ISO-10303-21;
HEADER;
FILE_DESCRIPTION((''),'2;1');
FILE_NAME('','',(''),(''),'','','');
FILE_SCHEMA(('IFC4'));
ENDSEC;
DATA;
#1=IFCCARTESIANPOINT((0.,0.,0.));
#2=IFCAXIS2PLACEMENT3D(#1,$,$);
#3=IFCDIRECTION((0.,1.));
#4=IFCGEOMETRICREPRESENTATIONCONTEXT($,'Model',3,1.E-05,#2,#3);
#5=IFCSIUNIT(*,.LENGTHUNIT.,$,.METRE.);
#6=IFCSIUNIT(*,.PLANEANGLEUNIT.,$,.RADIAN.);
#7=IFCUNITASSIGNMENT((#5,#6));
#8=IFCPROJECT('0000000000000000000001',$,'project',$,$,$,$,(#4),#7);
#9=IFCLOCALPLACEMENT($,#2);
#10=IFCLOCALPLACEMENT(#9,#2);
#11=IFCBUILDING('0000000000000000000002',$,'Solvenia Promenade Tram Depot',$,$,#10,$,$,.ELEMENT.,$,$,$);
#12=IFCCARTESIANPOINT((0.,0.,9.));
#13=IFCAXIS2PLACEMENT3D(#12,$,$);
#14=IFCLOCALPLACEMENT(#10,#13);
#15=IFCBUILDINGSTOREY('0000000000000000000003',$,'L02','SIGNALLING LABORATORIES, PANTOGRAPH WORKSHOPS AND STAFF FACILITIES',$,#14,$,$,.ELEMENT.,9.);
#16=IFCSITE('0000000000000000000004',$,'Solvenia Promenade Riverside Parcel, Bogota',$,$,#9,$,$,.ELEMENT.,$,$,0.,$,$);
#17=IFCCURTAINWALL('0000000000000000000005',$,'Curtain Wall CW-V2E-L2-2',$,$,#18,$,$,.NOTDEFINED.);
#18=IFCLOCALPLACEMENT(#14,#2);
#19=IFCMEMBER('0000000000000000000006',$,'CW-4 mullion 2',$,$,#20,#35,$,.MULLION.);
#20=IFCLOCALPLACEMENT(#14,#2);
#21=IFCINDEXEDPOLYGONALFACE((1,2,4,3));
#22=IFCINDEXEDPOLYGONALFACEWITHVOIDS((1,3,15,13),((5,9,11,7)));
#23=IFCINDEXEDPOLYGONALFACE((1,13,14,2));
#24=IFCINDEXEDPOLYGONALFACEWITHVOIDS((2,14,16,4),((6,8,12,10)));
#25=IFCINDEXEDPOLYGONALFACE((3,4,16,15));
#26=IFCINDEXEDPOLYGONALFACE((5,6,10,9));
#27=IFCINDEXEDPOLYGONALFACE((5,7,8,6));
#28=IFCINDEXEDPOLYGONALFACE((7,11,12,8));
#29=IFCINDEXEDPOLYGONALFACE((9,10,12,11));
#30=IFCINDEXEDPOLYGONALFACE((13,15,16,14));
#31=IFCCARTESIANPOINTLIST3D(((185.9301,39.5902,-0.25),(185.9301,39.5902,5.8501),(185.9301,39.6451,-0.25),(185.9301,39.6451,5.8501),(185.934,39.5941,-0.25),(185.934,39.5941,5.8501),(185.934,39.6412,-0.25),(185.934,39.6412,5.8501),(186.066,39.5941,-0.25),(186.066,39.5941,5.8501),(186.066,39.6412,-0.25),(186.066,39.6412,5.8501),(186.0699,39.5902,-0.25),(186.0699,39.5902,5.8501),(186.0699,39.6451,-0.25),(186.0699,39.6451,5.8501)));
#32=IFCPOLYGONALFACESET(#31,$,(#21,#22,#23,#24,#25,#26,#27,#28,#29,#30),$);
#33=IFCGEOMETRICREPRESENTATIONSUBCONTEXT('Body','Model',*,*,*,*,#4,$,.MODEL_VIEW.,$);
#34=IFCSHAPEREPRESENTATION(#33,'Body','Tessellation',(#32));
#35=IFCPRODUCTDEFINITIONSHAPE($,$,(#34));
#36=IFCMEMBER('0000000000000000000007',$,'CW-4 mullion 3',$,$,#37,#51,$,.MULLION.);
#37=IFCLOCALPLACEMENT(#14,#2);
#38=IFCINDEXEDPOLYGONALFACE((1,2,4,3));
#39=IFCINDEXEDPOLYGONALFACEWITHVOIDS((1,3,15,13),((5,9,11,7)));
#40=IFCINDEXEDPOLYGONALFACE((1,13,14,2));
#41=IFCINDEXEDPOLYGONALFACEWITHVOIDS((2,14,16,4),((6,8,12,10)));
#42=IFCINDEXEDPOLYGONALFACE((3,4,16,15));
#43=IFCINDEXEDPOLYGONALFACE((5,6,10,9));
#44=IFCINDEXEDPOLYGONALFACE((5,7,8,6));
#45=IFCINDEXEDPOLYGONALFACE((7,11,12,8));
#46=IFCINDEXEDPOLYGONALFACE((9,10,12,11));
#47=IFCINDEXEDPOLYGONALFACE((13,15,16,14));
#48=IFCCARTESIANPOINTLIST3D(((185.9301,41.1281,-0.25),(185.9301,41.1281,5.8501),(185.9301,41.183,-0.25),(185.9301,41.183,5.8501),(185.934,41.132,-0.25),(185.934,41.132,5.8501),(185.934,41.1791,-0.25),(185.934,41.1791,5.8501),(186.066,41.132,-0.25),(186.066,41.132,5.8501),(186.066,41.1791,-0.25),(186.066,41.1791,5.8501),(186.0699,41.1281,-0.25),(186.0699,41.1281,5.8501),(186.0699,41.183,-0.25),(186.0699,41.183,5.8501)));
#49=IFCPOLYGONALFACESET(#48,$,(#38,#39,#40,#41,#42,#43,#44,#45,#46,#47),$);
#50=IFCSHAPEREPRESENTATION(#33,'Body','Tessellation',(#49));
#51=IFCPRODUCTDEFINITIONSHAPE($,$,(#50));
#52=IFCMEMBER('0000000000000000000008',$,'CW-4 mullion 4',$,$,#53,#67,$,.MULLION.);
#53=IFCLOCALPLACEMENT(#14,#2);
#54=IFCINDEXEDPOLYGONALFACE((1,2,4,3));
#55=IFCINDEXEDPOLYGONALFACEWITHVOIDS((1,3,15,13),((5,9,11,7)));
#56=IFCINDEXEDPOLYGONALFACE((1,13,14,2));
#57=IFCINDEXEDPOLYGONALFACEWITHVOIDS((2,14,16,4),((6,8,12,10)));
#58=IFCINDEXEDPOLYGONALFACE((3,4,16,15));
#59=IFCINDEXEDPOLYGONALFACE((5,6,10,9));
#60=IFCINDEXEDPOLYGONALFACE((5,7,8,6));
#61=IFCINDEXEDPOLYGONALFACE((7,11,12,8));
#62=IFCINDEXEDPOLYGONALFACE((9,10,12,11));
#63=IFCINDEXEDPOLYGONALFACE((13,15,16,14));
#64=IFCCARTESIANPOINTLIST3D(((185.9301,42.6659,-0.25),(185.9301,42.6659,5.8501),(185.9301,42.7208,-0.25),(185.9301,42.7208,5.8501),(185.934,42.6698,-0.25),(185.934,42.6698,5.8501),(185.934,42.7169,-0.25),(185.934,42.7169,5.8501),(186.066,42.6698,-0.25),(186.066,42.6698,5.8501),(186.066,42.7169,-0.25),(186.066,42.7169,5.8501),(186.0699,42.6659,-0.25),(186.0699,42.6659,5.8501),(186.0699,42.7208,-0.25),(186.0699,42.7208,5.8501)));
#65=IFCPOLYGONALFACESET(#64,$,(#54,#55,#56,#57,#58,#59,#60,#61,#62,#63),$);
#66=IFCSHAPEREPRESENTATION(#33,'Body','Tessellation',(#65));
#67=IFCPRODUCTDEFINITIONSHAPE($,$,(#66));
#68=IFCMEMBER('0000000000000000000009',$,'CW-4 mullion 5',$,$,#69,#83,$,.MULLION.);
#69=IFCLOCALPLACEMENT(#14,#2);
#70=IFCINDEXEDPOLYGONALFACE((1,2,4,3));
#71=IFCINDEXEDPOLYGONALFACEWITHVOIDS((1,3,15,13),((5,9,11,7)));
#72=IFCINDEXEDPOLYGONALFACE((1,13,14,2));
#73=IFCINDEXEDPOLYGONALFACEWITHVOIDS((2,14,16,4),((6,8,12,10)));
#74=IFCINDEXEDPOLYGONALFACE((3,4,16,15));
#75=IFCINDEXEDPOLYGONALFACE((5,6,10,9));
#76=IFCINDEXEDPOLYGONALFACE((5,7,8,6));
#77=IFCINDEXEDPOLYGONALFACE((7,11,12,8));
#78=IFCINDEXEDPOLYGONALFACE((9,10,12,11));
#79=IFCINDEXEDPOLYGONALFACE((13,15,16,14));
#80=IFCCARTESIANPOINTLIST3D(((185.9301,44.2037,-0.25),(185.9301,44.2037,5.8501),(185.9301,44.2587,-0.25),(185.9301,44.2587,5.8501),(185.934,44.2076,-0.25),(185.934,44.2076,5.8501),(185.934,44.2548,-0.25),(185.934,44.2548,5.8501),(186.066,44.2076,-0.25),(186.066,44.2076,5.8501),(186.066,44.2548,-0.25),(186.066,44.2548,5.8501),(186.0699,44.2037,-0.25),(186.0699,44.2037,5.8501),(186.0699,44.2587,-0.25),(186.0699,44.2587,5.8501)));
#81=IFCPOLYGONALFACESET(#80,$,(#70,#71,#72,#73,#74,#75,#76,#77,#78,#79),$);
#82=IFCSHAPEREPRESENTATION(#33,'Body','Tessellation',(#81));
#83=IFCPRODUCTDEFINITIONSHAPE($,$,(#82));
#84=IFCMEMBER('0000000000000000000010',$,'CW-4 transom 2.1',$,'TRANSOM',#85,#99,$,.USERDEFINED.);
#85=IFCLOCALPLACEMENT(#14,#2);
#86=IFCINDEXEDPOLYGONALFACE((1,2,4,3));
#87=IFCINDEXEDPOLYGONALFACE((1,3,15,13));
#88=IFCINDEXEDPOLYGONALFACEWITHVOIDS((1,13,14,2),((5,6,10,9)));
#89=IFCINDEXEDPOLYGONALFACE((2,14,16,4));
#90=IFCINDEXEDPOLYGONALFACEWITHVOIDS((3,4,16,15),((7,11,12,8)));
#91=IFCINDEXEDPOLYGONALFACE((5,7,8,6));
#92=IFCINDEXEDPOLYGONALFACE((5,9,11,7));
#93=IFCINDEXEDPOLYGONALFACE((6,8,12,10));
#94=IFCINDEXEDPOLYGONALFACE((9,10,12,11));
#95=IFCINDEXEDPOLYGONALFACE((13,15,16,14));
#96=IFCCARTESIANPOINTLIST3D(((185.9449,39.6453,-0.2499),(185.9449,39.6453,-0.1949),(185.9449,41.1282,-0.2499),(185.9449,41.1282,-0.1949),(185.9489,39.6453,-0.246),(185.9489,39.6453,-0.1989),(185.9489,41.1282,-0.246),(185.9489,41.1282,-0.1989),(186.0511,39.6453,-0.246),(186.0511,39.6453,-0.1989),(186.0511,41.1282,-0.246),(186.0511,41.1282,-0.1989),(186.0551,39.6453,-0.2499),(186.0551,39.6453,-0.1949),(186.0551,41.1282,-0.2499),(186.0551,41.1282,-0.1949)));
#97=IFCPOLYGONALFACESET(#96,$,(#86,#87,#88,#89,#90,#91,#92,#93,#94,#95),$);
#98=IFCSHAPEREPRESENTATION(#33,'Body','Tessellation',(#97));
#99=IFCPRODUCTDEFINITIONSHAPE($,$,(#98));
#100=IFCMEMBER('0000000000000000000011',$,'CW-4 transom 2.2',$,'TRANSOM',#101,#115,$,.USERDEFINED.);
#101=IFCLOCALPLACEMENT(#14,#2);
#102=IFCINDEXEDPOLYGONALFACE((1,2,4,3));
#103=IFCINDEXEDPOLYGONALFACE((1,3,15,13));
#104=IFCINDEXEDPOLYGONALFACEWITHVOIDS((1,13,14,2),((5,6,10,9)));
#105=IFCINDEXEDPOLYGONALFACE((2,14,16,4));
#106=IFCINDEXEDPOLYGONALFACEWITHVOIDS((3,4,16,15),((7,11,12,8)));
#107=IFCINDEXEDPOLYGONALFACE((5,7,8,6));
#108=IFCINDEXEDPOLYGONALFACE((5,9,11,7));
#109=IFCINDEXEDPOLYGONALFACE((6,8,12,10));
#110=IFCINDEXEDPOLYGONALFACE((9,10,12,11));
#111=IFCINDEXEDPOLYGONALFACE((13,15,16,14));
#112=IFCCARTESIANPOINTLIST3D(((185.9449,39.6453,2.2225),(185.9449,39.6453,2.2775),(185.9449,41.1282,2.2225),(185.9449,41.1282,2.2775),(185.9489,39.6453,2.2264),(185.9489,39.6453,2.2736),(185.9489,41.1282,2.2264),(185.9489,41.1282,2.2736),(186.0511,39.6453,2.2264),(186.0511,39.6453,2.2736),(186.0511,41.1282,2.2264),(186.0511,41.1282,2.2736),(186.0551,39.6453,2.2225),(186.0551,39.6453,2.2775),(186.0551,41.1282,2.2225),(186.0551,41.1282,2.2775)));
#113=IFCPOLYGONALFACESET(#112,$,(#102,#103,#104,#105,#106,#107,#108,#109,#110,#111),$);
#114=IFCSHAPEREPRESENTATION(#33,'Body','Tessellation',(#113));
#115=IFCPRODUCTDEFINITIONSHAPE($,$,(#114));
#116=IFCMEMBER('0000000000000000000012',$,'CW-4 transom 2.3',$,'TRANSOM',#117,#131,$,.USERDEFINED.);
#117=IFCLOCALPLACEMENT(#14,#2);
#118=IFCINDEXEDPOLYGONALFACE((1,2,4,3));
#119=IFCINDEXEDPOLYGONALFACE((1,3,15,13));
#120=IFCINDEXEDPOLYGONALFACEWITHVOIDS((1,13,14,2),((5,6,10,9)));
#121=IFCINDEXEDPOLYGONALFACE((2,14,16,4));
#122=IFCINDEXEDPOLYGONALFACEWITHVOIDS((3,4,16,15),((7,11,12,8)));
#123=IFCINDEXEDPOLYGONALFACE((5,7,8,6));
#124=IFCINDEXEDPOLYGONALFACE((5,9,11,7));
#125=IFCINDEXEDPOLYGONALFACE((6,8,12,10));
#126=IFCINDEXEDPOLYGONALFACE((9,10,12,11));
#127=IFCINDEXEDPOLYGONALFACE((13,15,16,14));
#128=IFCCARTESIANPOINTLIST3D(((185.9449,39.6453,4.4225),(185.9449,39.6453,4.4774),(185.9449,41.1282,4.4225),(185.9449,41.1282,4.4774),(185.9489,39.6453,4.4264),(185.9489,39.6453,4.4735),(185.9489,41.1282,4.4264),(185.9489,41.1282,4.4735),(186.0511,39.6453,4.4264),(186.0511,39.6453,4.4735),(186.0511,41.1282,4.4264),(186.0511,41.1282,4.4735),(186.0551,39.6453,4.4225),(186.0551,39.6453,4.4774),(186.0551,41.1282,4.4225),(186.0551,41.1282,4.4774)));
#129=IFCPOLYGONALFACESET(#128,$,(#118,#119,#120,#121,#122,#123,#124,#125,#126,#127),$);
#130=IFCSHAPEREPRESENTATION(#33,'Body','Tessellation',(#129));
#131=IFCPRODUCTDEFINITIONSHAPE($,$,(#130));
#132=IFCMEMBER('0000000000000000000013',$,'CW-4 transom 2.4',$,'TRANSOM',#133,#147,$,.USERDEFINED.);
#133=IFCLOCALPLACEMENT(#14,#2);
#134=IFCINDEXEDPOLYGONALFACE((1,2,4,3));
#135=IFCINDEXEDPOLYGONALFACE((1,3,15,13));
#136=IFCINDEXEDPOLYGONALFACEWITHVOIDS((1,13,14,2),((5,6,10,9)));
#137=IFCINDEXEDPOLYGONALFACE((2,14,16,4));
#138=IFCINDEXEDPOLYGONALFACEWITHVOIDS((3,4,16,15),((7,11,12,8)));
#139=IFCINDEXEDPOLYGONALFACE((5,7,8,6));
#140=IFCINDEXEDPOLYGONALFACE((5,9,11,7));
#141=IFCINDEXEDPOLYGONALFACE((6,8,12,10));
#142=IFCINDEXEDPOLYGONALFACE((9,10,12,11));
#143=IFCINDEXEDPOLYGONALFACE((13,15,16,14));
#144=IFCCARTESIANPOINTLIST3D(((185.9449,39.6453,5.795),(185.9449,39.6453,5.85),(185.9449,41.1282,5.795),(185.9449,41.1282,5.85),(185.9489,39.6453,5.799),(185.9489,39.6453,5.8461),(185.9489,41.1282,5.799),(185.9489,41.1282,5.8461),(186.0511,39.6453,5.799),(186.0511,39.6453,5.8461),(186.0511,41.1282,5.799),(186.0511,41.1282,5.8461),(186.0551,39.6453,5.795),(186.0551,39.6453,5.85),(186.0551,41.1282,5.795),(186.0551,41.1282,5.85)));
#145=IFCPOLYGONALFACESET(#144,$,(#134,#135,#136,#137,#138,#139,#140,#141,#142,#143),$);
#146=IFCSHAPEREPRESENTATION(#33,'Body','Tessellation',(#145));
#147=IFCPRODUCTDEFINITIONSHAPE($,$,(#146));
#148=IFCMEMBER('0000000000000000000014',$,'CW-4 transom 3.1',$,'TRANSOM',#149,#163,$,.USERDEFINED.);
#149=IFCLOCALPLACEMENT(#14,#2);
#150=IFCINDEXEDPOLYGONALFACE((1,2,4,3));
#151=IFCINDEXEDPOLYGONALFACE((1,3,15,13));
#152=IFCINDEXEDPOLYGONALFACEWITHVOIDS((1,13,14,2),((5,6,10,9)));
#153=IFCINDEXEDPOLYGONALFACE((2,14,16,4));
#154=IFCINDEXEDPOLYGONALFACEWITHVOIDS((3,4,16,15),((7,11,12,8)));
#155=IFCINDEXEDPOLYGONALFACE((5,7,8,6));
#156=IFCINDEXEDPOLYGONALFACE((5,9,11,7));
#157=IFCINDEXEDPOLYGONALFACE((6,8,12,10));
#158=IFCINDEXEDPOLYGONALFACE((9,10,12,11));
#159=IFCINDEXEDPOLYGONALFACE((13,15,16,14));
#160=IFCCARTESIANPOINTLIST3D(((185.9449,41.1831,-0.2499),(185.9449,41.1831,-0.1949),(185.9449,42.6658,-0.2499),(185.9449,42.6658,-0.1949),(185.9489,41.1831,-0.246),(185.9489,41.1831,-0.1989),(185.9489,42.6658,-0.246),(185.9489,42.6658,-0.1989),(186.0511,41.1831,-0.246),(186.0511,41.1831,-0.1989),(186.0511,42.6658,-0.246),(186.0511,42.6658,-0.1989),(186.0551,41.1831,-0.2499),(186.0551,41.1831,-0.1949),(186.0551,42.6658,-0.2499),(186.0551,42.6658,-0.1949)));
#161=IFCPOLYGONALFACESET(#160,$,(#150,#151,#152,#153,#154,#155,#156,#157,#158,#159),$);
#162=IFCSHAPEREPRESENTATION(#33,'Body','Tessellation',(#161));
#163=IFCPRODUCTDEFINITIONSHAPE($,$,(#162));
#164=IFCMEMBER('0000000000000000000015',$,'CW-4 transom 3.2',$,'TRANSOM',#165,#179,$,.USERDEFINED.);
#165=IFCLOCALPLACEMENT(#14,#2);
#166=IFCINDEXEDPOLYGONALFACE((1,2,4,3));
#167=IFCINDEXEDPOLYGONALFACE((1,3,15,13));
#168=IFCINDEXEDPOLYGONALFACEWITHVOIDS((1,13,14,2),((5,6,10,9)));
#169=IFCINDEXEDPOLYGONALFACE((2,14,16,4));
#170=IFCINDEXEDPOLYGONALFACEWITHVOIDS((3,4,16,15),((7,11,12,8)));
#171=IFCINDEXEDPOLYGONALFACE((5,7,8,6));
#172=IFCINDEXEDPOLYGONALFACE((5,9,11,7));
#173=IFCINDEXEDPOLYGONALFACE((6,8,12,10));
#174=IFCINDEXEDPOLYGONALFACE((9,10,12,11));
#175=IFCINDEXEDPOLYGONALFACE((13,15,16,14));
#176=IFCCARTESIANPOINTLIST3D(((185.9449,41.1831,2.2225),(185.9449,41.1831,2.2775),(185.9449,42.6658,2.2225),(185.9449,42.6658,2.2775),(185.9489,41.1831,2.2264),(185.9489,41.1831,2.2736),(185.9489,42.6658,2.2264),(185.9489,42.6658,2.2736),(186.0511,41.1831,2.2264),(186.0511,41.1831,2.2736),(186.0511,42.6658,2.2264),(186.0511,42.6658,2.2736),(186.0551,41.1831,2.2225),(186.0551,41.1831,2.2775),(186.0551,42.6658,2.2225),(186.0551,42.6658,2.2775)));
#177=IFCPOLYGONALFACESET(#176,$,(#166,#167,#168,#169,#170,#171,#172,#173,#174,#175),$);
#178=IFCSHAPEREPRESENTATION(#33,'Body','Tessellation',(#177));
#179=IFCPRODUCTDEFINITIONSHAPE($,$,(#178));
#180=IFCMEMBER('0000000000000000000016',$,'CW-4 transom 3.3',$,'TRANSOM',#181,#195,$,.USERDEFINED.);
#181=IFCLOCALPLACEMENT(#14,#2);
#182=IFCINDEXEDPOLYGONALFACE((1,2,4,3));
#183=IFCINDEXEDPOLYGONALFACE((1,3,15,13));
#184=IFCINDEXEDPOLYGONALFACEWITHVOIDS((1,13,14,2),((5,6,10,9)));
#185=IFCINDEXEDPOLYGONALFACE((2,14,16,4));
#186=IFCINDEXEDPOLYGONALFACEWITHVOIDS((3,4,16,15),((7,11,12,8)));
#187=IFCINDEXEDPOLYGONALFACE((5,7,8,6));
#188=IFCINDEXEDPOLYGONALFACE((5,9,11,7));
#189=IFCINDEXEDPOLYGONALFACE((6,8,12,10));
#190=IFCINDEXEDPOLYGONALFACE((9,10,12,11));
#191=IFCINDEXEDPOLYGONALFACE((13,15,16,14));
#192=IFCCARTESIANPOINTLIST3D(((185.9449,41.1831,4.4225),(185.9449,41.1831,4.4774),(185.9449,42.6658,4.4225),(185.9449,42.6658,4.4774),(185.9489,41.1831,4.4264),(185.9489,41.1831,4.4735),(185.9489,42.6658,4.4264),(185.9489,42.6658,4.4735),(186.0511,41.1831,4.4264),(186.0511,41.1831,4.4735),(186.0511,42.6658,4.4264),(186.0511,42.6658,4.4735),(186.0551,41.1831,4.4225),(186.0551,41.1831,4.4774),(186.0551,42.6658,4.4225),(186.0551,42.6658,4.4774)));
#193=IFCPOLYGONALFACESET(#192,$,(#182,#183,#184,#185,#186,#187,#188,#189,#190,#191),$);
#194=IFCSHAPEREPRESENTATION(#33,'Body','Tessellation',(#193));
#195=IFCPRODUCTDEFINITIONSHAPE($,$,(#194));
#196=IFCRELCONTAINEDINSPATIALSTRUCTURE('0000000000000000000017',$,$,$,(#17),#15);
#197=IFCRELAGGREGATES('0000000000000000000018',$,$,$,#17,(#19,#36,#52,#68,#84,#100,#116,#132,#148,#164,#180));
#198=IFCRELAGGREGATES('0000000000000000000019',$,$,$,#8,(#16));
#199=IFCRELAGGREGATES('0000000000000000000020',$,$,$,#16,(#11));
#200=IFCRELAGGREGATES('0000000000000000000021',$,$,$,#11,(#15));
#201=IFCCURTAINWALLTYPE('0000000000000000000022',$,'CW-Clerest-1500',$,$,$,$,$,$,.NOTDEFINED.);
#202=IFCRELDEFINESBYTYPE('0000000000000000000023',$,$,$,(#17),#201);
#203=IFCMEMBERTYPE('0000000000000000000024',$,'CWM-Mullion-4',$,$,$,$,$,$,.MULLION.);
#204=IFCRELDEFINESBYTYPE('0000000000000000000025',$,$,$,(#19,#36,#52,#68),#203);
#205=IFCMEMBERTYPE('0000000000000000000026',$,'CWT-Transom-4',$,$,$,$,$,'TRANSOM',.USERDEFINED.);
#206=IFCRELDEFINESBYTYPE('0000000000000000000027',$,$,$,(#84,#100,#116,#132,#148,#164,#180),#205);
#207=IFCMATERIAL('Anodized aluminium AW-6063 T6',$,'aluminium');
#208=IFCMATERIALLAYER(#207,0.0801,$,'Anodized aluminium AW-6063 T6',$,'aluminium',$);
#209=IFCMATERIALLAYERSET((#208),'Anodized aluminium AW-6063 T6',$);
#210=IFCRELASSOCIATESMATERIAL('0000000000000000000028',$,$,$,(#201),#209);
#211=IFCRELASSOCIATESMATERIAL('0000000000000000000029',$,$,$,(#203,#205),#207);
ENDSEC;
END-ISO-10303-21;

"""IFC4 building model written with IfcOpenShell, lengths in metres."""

from ifc_helpers import new_model, si_unit, direction, frame, origin, origin_2d, place, context, subcontext, project, spatial, hollow_rectangle, extrude, material, layer, layer_set, material_profile, profile_set, type_object, element, aggregate, save


model = new_model("IFC4")

# Units and contexts
model_context = context("Model", 3, precision=1e-05, world=origin(), true_north=direction((0.0, 1.0)))
body_context = subcontext(model_context, "Body", "Model", "MODEL_VIEW")
ifc_project = project(units=[si_unit("LENGTHUNIT", "METRE"), si_unit("PLANEANGLEUNIT", "RADIAN")], contexts=[model_context])

# Site, building, storey
site_placement = place(None, origin())
site = spatial("IfcSite", under=ifc_project, at=site_placement, Name="Solvenia Promenade Riverside Parcel, Bogota", CompositionType="ELEMENT", RefElevation=0.0)
building_placement = place(site_placement, origin())
building = spatial("IfcBuilding", under=site, at=building_placement, Name="Solvenia Promenade Tram Depot", CompositionType="ELEMENT")
storey_placement = place(building_placement, frame((0.0, 0.0, 9.0)))
storey = spatial("IfcBuildingStorey", under=building, at=storey_placement, Name="L02", Description="SIGNALLING LABORATORIES, PANTOGRAPH WORKSHOPS AND STAFF FACILITIES", CompositionType="ELEMENT", Elevation=9.0)

# Curtain wall, members
ifc_material_1 = material(Name="Anodized aluminium AW-6063 T6", Category="aluminium")
ifc_layer_1 = layer(ifc_material_1, 0.0801, Name="Anodized aluminium AW-6063 T6", Category="aluminium")
ifc_layer_set_1 = layer_set([ifc_layer_1], Name="Anodized aluminium AW-6063 T6")
curtain_wall_type = type_object("IfcCurtainWallType", Name="CW-Clerest-1500", PredefinedType="NOTDEFINED", material=ifc_layer_set_1)
curtain_wall_placement = place(storey_placement, origin())
curtain_wall = element("IfcCurtainWall", 1, at=curtain_wall_placement, inside=storey, type_object=curtain_wall_type, Name="Curtain Wall CW-V2E-L2-2", PredefinedType="NOTDEFINED")
ifc_material_profile_1 = material_profile(ifc_material_1, hollow_rectangle(XDim=0.1399, YDim=0.0549, WallThickness=0.0039, at=origin_2d()), Name="ALU-M4", Category="aluminium")
ifc_profile_set_1 = profile_set([ifc_material_profile_1], Name="Anodized aluminium AW-6063 T6")
member_type_1 = type_object("IfcMemberType", Name="CWM-Mullion-4", PredefinedType="MULLION", material=ifc_profile_set_1)
member_1_placement = place(storey_placement, frame((186.0, 39.6177, -0.25), z_axis=(0.0, 0.0, 1.0), x_axis=(-1.0, 0.0, 0.0)))
member_1 = element("IfcMember", 2, at=member_1_placement, type_object=member_type_1, Name="CW-4 mullion 2", PredefinedType="MULLION", context=body_context, shape_type="SweptSolid", body=[
    extrude(hollow_rectangle(XDim=0.1399, YDim=0.0549, WallThickness=0.0039, at=origin_2d()), origin(), (0.0, 0.0, 1.0), 6.1001),
])
member_2_placement = place(storey_placement, frame((186.0, 41.1555, -0.25), z_axis=(0.0, 0.0, 1.0), x_axis=(-1.0, 0.0, 0.0)))
member_2 = element("IfcMember", 3, at=member_2_placement, type_object=member_type_1, Name="CW-4 mullion 3", PredefinedType="MULLION", context=body_context, shape_type="SweptSolid", body=[
    extrude(hollow_rectangle(XDim=0.1399, YDim=0.0549, WallThickness=0.0039, at=origin_2d()), origin(), (0.0, 0.0, 1.0), 6.1001),
])
member_3_placement = place(storey_placement, frame((186.0, 42.6934, -0.25), z_axis=(0.0, 0.0, 1.0), x_axis=(-1.0, 0.0, 0.0)))
member_3 = element("IfcMember", 4, at=member_3_placement, type_object=member_type_1, Name="CW-4 mullion 4", PredefinedType="MULLION", context=body_context, shape_type="SweptSolid", body=[
    extrude(hollow_rectangle(XDim=0.1399, YDim=0.0549, WallThickness=0.0039, at=origin_2d()), origin(), (0.0, 0.0, 1.0), 6.1001),
])
member_4_placement = place(storey_placement, frame((186.0, 44.2312, -0.25), z_axis=(0.0, 0.0, 1.0), x_axis=(-1.0, 0.0, 0.0)))
member_4 = element("IfcMember", 5, at=member_4_placement, type_object=member_type_1, Name="CW-4 mullion 5", PredefinedType="MULLION", context=body_context, shape_type="SweptSolid", body=[
    extrude(hollow_rectangle(XDim=0.1399, YDim=0.0549, WallThickness=0.0039, at=origin_2d()), origin(), (0.0, 0.0, 1.0), 6.1001),
])
ifc_material_profile_2 = material_profile(ifc_material_1, hollow_rectangle(XDim=0.1101, YDim=0.0549, WallThickness=0.0039, at=origin_2d()), Name="ALU-T4", Category="aluminium")
ifc_profile_set_2 = profile_set([ifc_material_profile_2], Name="Anodized aluminium AW-6063 T6")
member_type_2 = type_object("IfcMemberType", Name="CWT-Transom-4", ElementType="TRANSOM", PredefinedType="USERDEFINED", material=ifc_profile_set_2)
member_5_placement = place(storey_placement, frame((186.0, 39.6453, -0.2224), z_axis=(0.0, 1.0, 0.0), x_axis=(-1.0, 0.0, 0.0)))
member_5 = element("IfcMember", 6, at=member_5_placement, type_object=member_type_2, Name="CW-4 transom 2.1", ObjectType="TRANSOM", PredefinedType="USERDEFINED", context=body_context, shape_type="SweptSolid", body=[
    extrude(hollow_rectangle(XDim=0.1101, YDim=0.0549, WallThickness=0.0039, at=origin_2d()), origin(), (0.0, 0.0, 1.0), 1.4829),
])
member_6_placement = place(storey_placement, frame((186.0, 39.6453, 2.25), z_axis=(0.0, 1.0, 0.0), x_axis=(-1.0, 0.0, 0.0)))
member_6 = element("IfcMember", 7, at=member_6_placement, type_object=member_type_2, Name="CW-4 transom 2.2", ObjectType="TRANSOM", PredefinedType="USERDEFINED", context=body_context, shape_type="SweptSolid", body=[
    extrude(hollow_rectangle(XDim=0.1101, YDim=0.0549, WallThickness=0.0039, at=origin_2d()), origin(), (0.0, 0.0, 1.0), 1.4829),
])
member_7_placement = place(storey_placement, frame((186.0, 39.6453, 4.45), z_axis=(0.0, 1.0, 0.0), x_axis=(-1.0, 0.0, 0.0)))
member_7 = element("IfcMember", 8, at=member_7_placement, type_object=member_type_2, Name="CW-4 transom 2.3", ObjectType="TRANSOM", PredefinedType="USERDEFINED", context=body_context, shape_type="SweptSolid", body=[
    extrude(hollow_rectangle(XDim=0.1101, YDim=0.0549, WallThickness=0.0039, at=origin_2d()), origin(), (0.0, 0.0, 1.0), 1.4829),
])
member_8_placement = place(storey_placement, frame((186.0, 39.6453, 5.8225), z_axis=(0.0, 1.0, 0.0), x_axis=(-1.0, 0.0, 0.0)))
member_8 = element("IfcMember", 9, at=member_8_placement, type_object=member_type_2, Name="CW-4 transom 2.4", ObjectType="TRANSOM", PredefinedType="USERDEFINED", context=body_context, shape_type="SweptSolid", body=[
    extrude(hollow_rectangle(XDim=0.1101, YDim=0.0549, WallThickness=0.0039, at=origin_2d()), origin(), (0.0, 0.0, 1.0), 1.4829),
])
member_9_placement = place(storey_placement, frame((186.0, 41.1831, -0.2224), z_axis=(0.0, 1.0, 0.0), x_axis=(-1.0, 0.0, 0.0)))
member_9 = element("IfcMember", 10, at=member_9_placement, type_object=member_type_2, Name="CW-4 transom 3.1", ObjectType="TRANSOM", PredefinedType="USERDEFINED", context=body_context, shape_type="SweptSolid", body=[
    extrude(hollow_rectangle(XDim=0.1101, YDim=0.0549, WallThickness=0.0039, at=origin_2d()), origin(), (0.0, 0.0, 1.0), 1.4827),
])
member_10_placement = place(storey_placement, frame((186.0, 41.1831, 2.25), z_axis=(0.0, 1.0, 0.0), x_axis=(-1.0, 0.0, 0.0)))
member_10 = element("IfcMember", 11, at=member_10_placement, type_object=member_type_2, Name="CW-4 transom 3.2", ObjectType="TRANSOM", PredefinedType="USERDEFINED", context=body_context, shape_type="SweptSolid", body=[
    extrude(hollow_rectangle(XDim=0.1101, YDim=0.0549, WallThickness=0.0039, at=origin_2d()), origin(), (0.0, 0.0, 1.0), 1.4827),
])
member_11_placement = place(storey_placement, frame((186.0, 41.1831, 4.45), z_axis=(0.0, 1.0, 0.0), x_axis=(-1.0, 0.0, 0.0)))
member_11 = element("IfcMember", 12, at=member_11_placement, type_object=member_type_2, Name="CW-4 transom 3.3", ObjectType="TRANSOM", PredefinedType="USERDEFINED", context=body_context, shape_type="SweptSolid", body=[
    extrude(hollow_rectangle(XDim=0.1101, YDim=0.0549, WallThickness=0.0039, at=origin_2d()), origin(), (0.0, 0.0, 1.0), 1.4827),
])

aggregate(curtain_wall, [member_1, member_2, member_3, member_4, member_5, member_6, member_7, member_8, member_9, member_10, member_11])

save(model, "model.ifc")
